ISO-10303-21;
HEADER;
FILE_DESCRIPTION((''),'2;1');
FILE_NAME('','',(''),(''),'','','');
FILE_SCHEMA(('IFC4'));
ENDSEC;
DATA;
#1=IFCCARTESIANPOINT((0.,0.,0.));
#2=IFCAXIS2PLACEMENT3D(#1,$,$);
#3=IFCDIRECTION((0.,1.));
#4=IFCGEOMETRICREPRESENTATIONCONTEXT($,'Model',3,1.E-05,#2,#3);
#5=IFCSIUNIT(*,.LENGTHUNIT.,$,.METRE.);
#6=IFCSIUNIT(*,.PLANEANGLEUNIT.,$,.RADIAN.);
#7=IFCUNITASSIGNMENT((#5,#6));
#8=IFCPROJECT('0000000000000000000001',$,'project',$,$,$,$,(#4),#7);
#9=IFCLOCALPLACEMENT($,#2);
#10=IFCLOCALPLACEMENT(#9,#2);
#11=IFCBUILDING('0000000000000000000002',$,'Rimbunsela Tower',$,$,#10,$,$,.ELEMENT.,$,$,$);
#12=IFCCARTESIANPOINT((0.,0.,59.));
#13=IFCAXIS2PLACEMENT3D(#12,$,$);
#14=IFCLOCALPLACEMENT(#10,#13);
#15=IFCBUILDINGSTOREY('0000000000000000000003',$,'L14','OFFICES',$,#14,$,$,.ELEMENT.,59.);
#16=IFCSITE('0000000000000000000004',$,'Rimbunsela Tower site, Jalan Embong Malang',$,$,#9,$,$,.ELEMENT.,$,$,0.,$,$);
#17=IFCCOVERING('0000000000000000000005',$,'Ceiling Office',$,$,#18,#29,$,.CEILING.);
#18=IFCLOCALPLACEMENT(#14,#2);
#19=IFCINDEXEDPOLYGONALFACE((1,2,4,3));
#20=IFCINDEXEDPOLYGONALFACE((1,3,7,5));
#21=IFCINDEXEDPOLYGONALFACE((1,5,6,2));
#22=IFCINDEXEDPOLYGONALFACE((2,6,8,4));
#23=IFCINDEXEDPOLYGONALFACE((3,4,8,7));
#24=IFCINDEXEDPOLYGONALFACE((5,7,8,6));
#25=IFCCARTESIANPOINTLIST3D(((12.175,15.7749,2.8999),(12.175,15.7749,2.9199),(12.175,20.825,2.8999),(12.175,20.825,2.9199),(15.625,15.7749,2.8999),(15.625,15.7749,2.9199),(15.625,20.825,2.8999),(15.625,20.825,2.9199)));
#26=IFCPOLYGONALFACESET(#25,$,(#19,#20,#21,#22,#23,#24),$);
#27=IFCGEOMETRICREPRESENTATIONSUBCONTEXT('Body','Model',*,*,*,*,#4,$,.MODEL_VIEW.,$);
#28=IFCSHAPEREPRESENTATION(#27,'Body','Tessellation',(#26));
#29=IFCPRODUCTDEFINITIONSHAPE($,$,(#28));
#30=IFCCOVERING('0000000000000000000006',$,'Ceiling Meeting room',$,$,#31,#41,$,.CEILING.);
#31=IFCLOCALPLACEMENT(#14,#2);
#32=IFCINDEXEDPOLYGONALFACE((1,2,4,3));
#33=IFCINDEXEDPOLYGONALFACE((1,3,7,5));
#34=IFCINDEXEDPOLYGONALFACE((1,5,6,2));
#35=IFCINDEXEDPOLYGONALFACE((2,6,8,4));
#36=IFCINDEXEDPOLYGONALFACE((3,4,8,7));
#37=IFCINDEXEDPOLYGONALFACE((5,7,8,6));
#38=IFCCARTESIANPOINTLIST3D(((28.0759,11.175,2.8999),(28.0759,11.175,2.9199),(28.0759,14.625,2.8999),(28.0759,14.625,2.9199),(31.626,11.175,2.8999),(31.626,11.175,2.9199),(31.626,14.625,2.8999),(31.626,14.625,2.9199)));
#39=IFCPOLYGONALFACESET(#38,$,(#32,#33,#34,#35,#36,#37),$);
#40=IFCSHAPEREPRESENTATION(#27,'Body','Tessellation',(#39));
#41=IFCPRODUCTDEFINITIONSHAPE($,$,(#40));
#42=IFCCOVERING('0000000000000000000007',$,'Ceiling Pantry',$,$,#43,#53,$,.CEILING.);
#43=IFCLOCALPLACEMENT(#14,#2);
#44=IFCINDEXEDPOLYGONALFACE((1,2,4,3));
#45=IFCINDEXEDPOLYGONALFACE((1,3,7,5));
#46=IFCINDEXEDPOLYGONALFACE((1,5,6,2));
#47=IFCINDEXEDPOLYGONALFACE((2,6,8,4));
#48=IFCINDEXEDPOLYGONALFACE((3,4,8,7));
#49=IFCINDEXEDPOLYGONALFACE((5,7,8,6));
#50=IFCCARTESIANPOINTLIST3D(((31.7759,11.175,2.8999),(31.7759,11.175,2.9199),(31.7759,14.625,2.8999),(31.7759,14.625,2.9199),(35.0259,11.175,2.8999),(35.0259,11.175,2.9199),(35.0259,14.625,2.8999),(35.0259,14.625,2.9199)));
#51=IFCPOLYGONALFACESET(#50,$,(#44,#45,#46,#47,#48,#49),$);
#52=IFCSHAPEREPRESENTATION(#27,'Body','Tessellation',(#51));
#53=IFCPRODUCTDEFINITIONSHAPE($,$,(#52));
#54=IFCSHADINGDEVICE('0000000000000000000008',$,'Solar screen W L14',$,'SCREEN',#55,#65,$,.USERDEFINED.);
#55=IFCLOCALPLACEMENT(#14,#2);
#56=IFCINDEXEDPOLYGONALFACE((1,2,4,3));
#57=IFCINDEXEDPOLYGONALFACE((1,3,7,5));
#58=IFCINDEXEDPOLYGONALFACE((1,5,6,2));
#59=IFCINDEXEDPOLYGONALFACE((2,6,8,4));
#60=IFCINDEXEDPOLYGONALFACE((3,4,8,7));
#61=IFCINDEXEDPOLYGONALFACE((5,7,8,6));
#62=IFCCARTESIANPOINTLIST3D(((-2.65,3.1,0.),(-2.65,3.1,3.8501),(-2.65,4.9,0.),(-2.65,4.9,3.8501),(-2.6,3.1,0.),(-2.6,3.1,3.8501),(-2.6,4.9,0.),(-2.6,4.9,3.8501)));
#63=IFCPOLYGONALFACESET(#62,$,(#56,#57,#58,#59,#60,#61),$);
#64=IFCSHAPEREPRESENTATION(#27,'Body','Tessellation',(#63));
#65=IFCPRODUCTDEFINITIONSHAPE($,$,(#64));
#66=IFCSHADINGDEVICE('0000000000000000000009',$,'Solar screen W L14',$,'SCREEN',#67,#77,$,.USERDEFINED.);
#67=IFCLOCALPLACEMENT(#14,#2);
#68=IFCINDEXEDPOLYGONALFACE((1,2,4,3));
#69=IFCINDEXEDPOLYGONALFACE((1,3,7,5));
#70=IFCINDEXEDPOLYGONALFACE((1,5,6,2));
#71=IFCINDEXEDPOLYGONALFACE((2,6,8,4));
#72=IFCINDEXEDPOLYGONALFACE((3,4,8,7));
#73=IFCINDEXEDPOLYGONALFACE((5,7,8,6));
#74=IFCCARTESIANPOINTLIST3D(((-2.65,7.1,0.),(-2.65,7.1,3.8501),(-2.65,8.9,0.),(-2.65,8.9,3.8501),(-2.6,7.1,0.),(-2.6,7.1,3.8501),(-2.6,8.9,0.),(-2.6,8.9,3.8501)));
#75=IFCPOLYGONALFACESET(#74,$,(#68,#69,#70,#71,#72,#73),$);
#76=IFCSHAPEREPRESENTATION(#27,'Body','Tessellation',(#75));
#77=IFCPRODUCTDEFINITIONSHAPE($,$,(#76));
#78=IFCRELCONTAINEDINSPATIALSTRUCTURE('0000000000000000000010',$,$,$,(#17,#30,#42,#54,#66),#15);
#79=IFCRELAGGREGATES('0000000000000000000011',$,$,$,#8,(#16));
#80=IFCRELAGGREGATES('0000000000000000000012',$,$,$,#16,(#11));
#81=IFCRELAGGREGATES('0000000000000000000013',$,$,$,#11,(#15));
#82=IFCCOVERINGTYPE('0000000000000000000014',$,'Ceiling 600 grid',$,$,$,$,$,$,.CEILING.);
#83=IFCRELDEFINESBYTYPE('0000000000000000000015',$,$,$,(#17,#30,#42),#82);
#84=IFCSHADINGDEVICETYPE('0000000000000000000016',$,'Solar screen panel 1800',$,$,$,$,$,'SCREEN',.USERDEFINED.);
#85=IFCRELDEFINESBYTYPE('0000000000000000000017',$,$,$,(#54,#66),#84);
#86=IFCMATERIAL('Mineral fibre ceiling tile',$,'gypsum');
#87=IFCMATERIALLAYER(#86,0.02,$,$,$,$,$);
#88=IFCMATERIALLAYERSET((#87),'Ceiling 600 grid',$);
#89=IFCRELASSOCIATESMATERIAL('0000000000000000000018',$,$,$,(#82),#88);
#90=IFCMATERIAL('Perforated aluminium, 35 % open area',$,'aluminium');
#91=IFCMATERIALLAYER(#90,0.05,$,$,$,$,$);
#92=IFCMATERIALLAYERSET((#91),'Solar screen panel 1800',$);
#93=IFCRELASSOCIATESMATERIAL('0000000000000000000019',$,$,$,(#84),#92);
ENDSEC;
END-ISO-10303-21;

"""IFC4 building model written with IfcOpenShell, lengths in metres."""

from ifc_helpers import new_model, si_unit, direction, frame, origin, origin_2d, place, context, subcontext, project, spatial, polyline, rectangle, outline, extrude, material, layer, layer_set, type_object, element, save


model = new_model("IFC4")

# Units and contexts
model_context = context("Model", 3, precision=1e-05, world=origin(), true_north=direction((0.0, 1.0)))
body_context = subcontext(model_context, "Body", "Model", "MODEL_VIEW")
ifc_project = project(units=[si_unit("LENGTHUNIT", "METRE"), si_unit("PLANEANGLEUNIT", "RADIAN")], contexts=[model_context])

# Site, building, storey
site_placement = place(None, origin())
site = spatial("IfcSite", under=ifc_project, at=site_placement, Name="Rimbunsela Tower site, Jalan Embong Malang", CompositionType="ELEMENT", RefElevation=0.0)
building_placement = place(site_placement, origin())
building = spatial("IfcBuilding", under=site, at=building_placement, Name="Rimbunsela Tower", CompositionType="ELEMENT")
storey_placement = place(building_placement, frame((0.0, 0.0, 59.0)))
storey = spatial("IfcBuildingStorey", under=building, at=storey_placement, Name="L14", Description="OFFICES", CompositionType="ELEMENT", Elevation=59.0)

# Coverings
ifc_material_1 = material(Name="Mineral fibre ceiling tile", Category="gypsum")
ifc_layer_1 = layer(ifc_material_1, 0.02)
ifc_layer_set_1 = layer_set([ifc_layer_1], Name="Ceiling 600 grid")
covering_type_1 = type_object("IfcCoveringType", Name="Ceiling 600 grid", PredefinedType="CEILING", material=ifc_layer_set_1)
covering_1_placement = place(storey_placement, frame((0.0, 0.0, 2.8999)))
element("IfcCovering", 1, at=covering_1_placement, inside=storey, type_object=covering_type_1, Name="Ceiling Office", PredefinedType="CEILING", context=body_context, shape_type="SweptSolid", body=[
    extrude(outline(polyline([(15.625, 15.7749), (15.625, 20.825), (12.175, 20.825), (12.175, 15.7749), (15.625, 15.7749)])), origin(), (0.0, 0.0, 1.0), 0.02),
])
covering_2_placement = place(storey_placement, frame((0.0, 0.0, 2.8999)))
element("IfcCovering", 2, at=covering_2_placement, inside=storey, type_object=covering_type_1, Name="Ceiling Meeting room", PredefinedType="CEILING", context=body_context, shape_type="SweptSolid", body=[
    extrude(outline(polyline([(31.626, 11.175), (31.626, 14.625), (28.0759, 14.625), (28.0759, 11.175), (31.626, 11.175)])), origin(), (0.0, 0.0, 1.0), 0.02),
])
covering_3_placement = place(storey_placement, frame((0.0, 0.0, 2.8999)))
element("IfcCovering", 3, at=covering_3_placement, inside=storey, type_object=covering_type_1, Name="Ceiling Pantry", PredefinedType="CEILING", context=body_context, shape_type="SweptSolid", body=[
    extrude(outline(polyline([(35.0259, 11.175), (35.0259, 14.625), (31.7759, 14.625), (31.7759, 11.175), (35.0259, 11.175)])), origin(), (0.0, 0.0, 1.0), 0.02),
])

# Shading devices
ifc_material_2 = material(Name="Perforated aluminium, 35 % open area", Category="aluminium")
ifc_layer_2 = layer(ifc_material_2, 0.05)
ifc_layer_set_2 = layer_set([ifc_layer_2], Name="Solar screen panel 1800")
shading_device_type = type_object("IfcShadingDeviceType", Name="Solar screen panel 1800", ElementType="SCREEN", PredefinedType="USERDEFINED", material=ifc_layer_set_2)
for number, where, z_axis, x_axis, name in (
    (4, (-2.625, 4.0, 0.0), (0.0, 0.0, 1.0), (0.0, 1.0, 0.0), "Solar screen W L14"),
    (5, (-2.625, 8.0, 0.0), (0.0, 0.0, 1.0), (0.0, 1.0, 0.0), "Solar screen W L14"),
):
    element("IfcShadingDevice", number, at=place(storey_placement, frame(where, z_axis=z_axis, x_axis=x_axis)), inside=storey, type_object=shading_device_type, Name=name, ObjectType="SCREEN", PredefinedType="USERDEFINED", context=body_context, shape_type="SweptSolid", body=[
        extrude(rectangle(XDim=1.8, YDim=0.05, at=origin_2d()), origin(), (0.0, 0.0, 1.0), 3.8501),
    ])

save(model, "model.ifc")
